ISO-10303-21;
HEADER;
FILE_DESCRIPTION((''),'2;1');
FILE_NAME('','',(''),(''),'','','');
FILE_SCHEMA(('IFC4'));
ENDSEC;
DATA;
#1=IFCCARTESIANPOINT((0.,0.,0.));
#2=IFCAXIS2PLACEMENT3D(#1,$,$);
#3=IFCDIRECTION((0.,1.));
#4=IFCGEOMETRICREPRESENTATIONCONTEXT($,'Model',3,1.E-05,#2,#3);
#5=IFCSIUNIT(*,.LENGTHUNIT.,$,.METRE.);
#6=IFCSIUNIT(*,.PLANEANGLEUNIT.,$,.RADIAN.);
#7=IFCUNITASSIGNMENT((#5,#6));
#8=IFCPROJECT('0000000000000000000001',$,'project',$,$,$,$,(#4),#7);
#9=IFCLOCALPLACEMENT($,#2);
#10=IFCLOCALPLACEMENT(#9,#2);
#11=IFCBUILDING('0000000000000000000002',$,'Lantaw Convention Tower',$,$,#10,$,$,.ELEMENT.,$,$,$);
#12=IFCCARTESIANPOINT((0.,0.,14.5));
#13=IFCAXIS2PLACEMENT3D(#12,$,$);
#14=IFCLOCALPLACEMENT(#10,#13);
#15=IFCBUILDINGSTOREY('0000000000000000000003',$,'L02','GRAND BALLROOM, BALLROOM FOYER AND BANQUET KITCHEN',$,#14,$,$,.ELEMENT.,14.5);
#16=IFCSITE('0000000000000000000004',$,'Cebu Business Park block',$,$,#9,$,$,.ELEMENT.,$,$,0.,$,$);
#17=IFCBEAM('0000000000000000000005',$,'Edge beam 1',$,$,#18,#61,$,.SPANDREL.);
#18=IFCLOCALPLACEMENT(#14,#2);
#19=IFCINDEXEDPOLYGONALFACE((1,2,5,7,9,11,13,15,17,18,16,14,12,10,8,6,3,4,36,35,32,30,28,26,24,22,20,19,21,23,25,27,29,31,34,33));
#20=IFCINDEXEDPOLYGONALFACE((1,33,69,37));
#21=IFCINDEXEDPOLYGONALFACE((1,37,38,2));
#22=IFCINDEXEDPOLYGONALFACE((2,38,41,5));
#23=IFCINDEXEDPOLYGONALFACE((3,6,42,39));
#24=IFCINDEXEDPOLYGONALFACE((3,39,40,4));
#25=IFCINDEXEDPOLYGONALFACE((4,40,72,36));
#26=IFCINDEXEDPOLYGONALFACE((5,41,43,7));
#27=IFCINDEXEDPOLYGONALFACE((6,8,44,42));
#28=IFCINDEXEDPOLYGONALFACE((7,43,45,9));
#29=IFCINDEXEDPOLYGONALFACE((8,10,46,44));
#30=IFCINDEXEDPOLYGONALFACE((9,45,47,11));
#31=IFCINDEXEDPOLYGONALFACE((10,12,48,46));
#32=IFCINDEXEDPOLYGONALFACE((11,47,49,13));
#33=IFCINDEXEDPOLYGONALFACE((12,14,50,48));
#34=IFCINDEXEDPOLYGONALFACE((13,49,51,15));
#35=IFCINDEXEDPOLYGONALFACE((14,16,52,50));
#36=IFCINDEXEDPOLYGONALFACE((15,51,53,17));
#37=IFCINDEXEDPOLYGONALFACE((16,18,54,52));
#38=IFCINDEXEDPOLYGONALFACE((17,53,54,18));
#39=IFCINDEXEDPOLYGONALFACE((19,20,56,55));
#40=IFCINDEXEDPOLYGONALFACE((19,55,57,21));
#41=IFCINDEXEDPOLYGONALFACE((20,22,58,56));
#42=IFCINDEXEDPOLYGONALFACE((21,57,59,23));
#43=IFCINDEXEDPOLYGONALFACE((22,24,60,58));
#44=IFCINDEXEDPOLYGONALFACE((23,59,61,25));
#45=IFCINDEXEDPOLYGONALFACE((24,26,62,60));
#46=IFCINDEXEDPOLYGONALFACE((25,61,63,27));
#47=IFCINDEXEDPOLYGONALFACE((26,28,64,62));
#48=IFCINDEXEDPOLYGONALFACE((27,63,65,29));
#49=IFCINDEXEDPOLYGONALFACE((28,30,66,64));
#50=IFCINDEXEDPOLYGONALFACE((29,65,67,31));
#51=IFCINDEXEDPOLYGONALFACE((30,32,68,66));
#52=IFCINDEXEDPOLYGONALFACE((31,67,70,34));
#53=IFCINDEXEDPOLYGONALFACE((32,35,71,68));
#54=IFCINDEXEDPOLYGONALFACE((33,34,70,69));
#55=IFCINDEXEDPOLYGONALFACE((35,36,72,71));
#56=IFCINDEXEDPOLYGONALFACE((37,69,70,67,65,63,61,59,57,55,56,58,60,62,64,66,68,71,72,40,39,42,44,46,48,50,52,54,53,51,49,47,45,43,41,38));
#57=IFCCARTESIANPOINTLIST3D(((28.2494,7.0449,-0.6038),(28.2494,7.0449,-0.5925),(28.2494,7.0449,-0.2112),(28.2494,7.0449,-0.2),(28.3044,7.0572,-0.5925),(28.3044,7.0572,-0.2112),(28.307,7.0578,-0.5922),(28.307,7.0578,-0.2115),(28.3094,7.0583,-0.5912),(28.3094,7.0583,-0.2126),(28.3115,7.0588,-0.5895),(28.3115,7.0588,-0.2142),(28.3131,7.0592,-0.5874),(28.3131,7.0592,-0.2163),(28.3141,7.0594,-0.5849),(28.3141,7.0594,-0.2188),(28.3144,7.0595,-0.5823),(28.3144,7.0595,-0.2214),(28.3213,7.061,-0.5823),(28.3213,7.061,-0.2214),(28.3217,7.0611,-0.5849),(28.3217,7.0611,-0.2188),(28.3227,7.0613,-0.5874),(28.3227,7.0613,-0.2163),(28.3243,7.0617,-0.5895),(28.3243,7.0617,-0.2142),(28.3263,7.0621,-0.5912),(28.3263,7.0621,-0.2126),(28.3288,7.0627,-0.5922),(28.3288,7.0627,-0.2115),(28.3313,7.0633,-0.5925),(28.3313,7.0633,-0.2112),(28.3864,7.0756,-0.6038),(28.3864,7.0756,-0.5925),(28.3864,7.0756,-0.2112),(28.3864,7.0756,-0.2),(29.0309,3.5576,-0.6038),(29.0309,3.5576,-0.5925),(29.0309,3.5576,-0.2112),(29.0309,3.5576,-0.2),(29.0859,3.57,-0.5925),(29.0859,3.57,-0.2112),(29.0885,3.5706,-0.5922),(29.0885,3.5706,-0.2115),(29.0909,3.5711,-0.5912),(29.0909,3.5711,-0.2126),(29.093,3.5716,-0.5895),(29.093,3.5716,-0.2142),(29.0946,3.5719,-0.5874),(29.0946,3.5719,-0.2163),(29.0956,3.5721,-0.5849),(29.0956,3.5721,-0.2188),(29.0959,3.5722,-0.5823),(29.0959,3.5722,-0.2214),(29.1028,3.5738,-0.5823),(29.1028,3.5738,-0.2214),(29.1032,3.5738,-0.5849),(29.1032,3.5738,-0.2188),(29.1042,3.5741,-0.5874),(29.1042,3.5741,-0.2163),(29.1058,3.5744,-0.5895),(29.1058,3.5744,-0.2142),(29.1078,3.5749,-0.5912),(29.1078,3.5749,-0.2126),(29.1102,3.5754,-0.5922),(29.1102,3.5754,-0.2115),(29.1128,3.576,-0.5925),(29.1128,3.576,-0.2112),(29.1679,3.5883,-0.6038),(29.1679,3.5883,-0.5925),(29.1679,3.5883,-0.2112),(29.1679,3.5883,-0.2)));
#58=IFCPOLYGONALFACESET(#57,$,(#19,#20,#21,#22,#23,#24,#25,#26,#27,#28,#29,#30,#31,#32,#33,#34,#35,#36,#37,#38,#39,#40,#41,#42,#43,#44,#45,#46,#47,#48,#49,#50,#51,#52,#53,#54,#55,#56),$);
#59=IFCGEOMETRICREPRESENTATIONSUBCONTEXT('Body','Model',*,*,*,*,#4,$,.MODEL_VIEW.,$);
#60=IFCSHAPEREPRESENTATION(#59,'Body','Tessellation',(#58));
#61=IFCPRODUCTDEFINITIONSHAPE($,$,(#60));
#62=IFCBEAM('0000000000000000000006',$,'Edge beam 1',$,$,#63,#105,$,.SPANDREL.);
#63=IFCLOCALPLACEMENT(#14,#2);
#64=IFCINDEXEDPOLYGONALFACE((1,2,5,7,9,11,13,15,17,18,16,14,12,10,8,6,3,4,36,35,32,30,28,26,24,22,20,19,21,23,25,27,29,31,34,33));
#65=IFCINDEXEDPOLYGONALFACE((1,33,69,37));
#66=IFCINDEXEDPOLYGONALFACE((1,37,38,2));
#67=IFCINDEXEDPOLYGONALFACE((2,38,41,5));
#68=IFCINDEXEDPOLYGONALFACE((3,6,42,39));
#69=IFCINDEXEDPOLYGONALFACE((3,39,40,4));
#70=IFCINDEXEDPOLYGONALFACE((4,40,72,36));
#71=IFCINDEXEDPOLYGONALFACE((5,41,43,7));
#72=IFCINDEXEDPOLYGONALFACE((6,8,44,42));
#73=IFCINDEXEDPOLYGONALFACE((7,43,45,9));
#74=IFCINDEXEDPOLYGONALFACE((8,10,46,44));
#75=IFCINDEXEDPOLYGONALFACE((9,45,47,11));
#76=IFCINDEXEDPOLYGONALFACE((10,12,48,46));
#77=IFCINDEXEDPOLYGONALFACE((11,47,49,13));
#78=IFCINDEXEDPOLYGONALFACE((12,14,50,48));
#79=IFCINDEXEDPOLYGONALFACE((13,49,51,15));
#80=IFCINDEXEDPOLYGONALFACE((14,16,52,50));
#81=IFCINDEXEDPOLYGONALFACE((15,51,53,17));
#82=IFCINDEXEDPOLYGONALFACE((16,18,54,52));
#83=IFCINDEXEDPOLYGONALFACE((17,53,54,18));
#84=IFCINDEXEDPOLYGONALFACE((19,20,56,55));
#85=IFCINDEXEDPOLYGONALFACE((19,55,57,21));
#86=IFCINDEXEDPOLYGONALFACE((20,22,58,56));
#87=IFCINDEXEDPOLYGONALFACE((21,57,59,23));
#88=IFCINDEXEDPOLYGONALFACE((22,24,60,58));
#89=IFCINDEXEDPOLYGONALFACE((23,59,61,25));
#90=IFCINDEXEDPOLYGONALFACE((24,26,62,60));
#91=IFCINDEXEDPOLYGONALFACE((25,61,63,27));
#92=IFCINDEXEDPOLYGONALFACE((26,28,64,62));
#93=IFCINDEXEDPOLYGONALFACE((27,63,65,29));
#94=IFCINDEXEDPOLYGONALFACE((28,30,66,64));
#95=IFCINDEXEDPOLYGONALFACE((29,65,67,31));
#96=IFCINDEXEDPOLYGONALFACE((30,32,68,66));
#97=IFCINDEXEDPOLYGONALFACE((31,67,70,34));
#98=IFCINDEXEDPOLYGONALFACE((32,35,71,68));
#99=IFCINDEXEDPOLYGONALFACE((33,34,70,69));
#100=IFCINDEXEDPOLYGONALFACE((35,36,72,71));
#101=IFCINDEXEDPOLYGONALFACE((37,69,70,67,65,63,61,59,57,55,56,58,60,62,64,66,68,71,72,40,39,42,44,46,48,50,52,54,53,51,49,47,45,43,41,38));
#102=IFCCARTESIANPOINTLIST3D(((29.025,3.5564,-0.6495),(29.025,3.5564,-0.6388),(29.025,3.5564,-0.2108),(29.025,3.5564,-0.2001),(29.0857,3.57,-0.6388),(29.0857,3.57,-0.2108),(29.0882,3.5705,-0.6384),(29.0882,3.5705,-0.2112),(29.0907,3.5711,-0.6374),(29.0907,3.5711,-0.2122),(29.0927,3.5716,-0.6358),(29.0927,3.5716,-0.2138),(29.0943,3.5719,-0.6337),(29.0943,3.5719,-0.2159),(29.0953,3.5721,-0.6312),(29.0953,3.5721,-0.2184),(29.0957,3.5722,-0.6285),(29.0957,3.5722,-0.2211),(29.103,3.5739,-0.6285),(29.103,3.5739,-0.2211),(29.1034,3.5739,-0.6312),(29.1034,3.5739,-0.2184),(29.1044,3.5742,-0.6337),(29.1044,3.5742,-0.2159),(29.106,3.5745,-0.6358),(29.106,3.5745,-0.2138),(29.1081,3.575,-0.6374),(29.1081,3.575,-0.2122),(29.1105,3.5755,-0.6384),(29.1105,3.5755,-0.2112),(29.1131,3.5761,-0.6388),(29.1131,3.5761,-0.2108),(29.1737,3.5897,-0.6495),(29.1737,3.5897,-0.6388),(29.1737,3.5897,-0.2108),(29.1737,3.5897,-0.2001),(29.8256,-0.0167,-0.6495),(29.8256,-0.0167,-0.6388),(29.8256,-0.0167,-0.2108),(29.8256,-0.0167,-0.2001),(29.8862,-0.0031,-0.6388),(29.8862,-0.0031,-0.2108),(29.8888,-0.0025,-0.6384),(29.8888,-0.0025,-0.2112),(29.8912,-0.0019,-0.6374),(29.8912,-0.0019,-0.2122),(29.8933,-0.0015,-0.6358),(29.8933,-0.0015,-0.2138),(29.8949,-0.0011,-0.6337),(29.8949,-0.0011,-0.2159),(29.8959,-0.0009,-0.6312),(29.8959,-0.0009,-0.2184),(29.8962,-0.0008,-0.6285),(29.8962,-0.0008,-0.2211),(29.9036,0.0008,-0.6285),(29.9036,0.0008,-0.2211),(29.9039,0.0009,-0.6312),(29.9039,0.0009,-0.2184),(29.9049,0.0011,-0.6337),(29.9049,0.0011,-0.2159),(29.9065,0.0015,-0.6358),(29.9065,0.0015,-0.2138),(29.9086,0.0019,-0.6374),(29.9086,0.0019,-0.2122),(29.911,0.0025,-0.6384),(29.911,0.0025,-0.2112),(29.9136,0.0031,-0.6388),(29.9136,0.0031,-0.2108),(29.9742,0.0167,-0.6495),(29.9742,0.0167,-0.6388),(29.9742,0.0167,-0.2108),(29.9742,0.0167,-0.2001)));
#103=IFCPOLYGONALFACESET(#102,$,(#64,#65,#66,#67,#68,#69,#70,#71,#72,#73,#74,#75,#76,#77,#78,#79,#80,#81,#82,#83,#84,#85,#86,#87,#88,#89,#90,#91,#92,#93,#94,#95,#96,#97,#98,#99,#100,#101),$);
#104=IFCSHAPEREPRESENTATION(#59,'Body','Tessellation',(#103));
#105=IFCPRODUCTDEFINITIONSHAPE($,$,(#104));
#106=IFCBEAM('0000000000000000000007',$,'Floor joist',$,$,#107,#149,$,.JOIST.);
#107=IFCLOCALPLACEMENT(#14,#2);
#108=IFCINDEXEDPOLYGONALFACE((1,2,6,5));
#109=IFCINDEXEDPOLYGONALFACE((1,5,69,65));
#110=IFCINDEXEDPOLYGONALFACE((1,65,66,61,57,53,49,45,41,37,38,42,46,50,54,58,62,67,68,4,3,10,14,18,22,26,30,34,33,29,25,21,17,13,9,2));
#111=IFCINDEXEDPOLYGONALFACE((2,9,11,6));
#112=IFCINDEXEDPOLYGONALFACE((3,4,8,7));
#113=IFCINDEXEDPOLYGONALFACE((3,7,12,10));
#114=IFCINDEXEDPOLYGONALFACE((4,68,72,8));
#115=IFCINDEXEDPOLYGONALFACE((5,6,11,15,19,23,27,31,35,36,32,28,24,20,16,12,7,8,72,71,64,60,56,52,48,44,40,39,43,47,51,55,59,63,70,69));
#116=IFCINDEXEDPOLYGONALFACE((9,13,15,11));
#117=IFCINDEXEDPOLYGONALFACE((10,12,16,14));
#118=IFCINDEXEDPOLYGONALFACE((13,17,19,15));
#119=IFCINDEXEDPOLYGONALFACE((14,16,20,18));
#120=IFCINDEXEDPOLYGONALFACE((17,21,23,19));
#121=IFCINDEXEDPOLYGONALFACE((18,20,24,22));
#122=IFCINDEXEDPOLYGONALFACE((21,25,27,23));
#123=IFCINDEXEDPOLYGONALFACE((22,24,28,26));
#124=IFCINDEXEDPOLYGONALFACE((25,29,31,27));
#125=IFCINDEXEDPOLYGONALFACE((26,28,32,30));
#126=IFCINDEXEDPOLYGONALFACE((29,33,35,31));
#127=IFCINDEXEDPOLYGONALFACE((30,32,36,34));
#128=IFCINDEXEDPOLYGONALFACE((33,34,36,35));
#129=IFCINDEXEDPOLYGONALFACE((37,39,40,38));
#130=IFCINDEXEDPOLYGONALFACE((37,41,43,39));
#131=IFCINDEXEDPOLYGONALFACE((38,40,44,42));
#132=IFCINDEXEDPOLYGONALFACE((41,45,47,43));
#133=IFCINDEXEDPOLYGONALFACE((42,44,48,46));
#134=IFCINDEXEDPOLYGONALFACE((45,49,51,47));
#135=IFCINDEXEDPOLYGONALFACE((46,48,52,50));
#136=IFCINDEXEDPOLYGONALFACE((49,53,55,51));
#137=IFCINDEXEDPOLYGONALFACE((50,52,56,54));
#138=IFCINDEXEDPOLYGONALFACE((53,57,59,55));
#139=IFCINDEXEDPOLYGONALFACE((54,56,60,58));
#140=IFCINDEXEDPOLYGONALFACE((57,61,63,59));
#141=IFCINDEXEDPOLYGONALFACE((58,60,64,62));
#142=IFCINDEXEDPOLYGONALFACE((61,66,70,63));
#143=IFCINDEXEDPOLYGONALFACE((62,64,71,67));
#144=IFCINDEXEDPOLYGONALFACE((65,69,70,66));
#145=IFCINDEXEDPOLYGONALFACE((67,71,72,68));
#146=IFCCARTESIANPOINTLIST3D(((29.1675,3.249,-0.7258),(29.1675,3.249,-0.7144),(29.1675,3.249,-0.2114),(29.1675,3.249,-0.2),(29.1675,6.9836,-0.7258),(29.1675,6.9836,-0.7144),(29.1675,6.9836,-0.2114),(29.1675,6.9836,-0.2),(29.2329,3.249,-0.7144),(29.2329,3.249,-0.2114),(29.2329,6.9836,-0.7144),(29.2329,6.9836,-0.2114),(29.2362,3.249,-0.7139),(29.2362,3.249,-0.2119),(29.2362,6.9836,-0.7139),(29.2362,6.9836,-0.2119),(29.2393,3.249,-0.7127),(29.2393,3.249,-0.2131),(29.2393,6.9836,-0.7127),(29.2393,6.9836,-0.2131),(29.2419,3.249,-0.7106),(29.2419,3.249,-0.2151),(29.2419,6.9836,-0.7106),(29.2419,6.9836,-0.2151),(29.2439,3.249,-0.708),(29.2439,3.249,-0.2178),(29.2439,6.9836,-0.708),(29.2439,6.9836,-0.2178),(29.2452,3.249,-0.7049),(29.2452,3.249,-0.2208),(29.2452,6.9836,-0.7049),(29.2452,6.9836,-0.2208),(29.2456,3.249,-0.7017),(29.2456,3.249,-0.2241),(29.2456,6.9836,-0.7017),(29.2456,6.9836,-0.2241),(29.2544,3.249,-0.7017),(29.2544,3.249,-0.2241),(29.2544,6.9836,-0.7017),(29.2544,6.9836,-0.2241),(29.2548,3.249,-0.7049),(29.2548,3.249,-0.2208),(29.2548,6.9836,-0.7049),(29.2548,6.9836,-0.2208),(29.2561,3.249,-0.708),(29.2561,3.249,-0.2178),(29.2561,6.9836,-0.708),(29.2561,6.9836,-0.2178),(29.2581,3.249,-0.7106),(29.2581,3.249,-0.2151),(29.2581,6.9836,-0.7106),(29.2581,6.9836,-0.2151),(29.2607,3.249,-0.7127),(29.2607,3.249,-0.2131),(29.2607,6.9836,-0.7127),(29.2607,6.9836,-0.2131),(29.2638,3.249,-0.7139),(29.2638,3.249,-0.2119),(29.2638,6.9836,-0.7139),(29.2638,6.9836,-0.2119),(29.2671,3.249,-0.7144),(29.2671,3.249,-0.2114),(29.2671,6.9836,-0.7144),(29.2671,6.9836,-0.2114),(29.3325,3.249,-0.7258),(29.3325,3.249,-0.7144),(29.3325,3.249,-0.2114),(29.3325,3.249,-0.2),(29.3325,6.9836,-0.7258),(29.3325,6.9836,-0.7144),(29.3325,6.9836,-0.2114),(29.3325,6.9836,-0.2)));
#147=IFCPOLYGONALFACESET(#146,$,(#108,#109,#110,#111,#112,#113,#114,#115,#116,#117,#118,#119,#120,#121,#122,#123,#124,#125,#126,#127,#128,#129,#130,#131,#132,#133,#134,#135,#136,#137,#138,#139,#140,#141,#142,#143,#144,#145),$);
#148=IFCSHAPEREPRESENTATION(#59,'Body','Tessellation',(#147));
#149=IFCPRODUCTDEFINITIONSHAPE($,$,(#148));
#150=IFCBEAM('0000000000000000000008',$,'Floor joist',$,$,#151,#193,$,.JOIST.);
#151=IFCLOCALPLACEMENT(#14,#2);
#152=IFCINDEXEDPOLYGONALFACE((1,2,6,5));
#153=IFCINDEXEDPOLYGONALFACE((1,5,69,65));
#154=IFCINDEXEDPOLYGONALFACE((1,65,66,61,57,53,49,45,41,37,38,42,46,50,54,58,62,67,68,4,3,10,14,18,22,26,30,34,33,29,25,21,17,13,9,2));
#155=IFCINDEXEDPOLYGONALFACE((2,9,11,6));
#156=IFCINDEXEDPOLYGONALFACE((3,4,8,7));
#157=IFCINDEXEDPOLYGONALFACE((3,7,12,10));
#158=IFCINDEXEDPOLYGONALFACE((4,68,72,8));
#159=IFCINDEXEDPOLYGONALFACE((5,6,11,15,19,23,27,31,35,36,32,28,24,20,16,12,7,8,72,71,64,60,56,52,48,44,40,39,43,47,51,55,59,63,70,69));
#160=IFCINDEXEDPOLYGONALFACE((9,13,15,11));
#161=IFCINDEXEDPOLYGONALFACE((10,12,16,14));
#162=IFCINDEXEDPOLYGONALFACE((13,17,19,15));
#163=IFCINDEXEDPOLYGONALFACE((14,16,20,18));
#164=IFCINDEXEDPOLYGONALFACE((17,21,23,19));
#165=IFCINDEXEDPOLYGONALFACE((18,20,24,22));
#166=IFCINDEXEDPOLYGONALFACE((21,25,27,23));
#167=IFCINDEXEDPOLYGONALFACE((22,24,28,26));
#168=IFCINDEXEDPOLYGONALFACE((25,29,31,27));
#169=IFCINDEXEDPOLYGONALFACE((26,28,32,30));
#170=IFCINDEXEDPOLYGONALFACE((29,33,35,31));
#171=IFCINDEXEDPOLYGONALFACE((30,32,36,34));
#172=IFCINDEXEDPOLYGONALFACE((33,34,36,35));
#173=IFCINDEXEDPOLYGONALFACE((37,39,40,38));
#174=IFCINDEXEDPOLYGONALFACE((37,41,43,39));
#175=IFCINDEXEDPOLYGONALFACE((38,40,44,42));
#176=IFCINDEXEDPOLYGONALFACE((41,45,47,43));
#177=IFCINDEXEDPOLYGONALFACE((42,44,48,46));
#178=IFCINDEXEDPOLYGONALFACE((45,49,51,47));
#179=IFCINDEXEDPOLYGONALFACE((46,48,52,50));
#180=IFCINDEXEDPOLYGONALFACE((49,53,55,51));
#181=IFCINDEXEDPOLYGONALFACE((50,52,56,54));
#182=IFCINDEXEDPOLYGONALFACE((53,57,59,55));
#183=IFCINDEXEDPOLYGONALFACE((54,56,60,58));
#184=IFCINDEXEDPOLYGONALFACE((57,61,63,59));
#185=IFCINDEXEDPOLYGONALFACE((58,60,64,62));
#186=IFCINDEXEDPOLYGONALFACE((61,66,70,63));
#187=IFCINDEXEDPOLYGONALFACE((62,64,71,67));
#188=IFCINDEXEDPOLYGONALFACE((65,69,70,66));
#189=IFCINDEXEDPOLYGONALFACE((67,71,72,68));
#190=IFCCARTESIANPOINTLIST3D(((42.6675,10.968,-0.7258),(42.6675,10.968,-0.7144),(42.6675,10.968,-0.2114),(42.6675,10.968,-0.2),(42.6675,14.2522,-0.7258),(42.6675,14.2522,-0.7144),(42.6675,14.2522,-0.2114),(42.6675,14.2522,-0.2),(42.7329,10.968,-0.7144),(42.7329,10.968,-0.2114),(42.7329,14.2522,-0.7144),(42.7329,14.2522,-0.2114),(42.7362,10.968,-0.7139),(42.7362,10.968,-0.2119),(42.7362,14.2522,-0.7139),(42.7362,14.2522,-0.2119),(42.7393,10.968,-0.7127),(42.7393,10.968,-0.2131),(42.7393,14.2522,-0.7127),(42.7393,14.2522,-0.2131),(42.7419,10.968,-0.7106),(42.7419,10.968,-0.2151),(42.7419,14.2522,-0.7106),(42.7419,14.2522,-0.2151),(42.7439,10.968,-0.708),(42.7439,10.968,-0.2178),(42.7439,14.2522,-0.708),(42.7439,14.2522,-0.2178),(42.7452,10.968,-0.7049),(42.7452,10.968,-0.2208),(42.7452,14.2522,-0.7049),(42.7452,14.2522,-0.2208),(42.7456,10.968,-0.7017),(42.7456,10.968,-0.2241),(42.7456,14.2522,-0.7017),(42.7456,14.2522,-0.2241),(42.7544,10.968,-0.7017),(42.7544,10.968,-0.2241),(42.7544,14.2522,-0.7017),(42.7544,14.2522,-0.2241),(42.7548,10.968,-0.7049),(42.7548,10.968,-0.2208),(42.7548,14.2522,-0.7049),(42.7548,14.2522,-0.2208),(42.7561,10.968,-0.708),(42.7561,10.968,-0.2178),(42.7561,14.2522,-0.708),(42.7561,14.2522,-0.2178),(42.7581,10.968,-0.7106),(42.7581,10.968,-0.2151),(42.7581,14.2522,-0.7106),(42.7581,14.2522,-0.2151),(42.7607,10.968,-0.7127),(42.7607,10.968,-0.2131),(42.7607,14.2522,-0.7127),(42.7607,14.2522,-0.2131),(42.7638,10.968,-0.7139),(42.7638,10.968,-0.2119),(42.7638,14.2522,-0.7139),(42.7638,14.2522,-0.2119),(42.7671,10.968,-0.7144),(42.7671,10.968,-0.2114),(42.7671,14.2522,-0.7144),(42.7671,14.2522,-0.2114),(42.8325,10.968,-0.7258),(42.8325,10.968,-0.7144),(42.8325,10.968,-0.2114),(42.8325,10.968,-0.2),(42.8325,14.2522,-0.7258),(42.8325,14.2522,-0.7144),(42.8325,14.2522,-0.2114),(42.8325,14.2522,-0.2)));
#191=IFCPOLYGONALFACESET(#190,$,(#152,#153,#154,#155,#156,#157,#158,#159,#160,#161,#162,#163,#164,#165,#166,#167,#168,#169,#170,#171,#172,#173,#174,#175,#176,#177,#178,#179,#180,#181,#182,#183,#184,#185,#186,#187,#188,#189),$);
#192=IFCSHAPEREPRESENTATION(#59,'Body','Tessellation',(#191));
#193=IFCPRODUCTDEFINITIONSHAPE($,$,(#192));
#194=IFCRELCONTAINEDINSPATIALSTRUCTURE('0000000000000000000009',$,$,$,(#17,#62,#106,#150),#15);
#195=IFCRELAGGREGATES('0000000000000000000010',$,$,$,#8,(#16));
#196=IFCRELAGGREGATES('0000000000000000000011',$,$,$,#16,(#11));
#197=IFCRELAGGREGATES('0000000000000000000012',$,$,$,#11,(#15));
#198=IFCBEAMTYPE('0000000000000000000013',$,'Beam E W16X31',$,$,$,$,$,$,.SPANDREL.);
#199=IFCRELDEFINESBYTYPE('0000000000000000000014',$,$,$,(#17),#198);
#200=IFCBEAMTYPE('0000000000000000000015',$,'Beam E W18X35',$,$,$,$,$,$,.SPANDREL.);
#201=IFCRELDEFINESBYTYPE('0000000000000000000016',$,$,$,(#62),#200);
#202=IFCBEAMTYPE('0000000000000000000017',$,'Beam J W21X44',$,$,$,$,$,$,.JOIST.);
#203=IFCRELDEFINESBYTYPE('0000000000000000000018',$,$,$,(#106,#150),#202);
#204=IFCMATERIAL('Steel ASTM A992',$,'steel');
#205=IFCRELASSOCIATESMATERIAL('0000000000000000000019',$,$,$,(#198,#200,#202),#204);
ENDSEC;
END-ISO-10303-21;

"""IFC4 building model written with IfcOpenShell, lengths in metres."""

from ifc_helpers import new_model, si_unit, direction, frame, origin, origin_2d, place, context, subcontext, project, spatial, i_section, extrude, material, material_profile, profile_set, type_object, element, save


model = new_model("IFC4")

# Units and contexts
model_context = context("Model", 3, precision=1e-05, world=origin(), true_north=direction((0.0, 1.0)))
body_context = subcontext(model_context, "Body", "Model", "MODEL_VIEW")
ifc_project = project(units=[si_unit("LENGTHUNIT", "METRE"), si_unit("PLANEANGLEUNIT", "RADIAN")], contexts=[model_context])

# Site, building, storey
site_placement = place(None, origin())
site = spatial("IfcSite", under=ifc_project, at=site_placement, Name="Cebu Business Park block", CompositionType="ELEMENT", RefElevation=0.0)
building_placement = place(site_placement, origin())
building = spatial("IfcBuilding", under=site, at=building_placement, Name="Lantaw Convention Tower", CompositionType="ELEMENT")
storey_placement = place(building_placement, frame((0.0, 0.0, 14.5)))
storey = spatial("IfcBuildingStorey", under=building, at=storey_placement, Name="L02", Description="GRAND BALLROOM, BALLROOM FOYER AND BANQUET KITCHEN", CompositionType="ELEMENT", Elevation=14.5)

# Beams
ifc_material_1 = material(Name="Steel ASTM A992", Category="steel")
ifc_material_profile_1 = material_profile(ifc_material_1, i_section(OverallWidth=0.1404, OverallDepth=0.4038, WebThickness=0.0071, FlangeThickness=0.0112, FilletRadius=0.0103, at=origin_2d()), Name="W16X31")
ifc_profile_set_1 = profile_set([ifc_material_profile_1], Name="Steel ASTM A992")
beam_type_1 = type_object("IfcBeamType", Name="Beam E W16X31", PredefinedType="SPANDREL", material=ifc_profile_set_1)
beam_1_placement = place(storey_placement, frame((29.0994, 3.573, -0.4019), z_axis=(-0.218673, 0.975798, 0.0), x_axis=(-0.975798, -0.218673, 0.0)))
element("IfcBeam", 1, at=beam_1_placement, inside=storey, type_object=beam_type_1, Name="Edge beam 1", PredefinedType="SPANDREL", context=body_context, shape_type="SweptSolid", body=[
    extrude(i_section(OverallWidth=0.1404, OverallDepth=0.4038, WebThickness=0.0071, FlangeThickness=0.0112, FilletRadius=0.0103, at=origin_2d()), origin(), (0.0, 0.0, 1.0), 3.5737),
])
ifc_material_profile_2 = material_profile(ifc_material_1, i_section(OverallWidth=0.1523, OverallDepth=0.4495, WebThickness=0.0076, FlangeThickness=0.0107, FilletRadius=0.0103, at=origin_2d()), Name="W18X35")
ifc_profile_set_2 = profile_set([ifc_material_profile_2], Name="Steel ASTM A992")
beam_type_2 = type_object("IfcBeamType", Name="Beam E W18X35", PredefinedType="SPANDREL", material=ifc_profile_set_2)
beam_2_placement = place(storey_placement, frame((29.8999, 0.0, -0.4248), z_axis=(-0.218632, 0.975807, 0.0), x_axis=(-0.975807, -0.218632, 0.0)))
element("IfcBeam", 2, at=beam_2_placement, inside=storey, type_object=beam_type_2, Name="Edge beam 1", PredefinedType="SPANDREL", context=body_context, shape_type="SweptSolid", body=[
    extrude(i_section(OverallWidth=0.1523, OverallDepth=0.4495, WebThickness=0.0076, FlangeThickness=0.0107, FilletRadius=0.0103, at=origin_2d()), origin(), (0.0, 0.0, 1.0), 3.6616),
])
ifc_material_profile_3 = material_profile(ifc_material_1, i_section(OverallWidth=0.165, OverallDepth=0.5259, WebThickness=0.0088, FlangeThickness=0.0115, FilletRadius=0.0127, at=origin_2d()), Name="W21X44")
ifc_profile_set_3 = profile_set([ifc_material_profile_3], Name="Steel ASTM A992")
beam_type_3 = type_object("IfcBeamType", Name="Beam J W21X44", PredefinedType="JOIST", material=ifc_profile_set_3)
beam_3_placement = place(storey_placement, frame((29.25, 3.249, -0.4629), z_axis=(0.0, 1.0, 0.0), x_axis=(-1.0, 0.0, 0.0)))
element("IfcBeam", 3, at=beam_3_placement, inside=storey, type_object=beam_type_3, Name="Floor joist", PredefinedType="JOIST", context=body_context, shape_type="SweptSolid", body=[
    extrude(i_section(OverallWidth=0.165, OverallDepth=0.5259, WebThickness=0.0088, FlangeThickness=0.0115, FilletRadius=0.0127, at=origin_2d()), origin(), (0.0, 0.0, 1.0), 3.7346),
])
beam_4_placement = place(storey_placement, frame((42.75, 10.968, -0.4629), z_axis=(0.0, 1.0, 0.0), x_axis=(-1.0, 0.0, 0.0)))
element("IfcBeam", 4, at=beam_4_placement, inside=storey, type_object=beam_type_3, Name="Floor joist", PredefinedType="JOIST", context=body_context, shape_type="SweptSolid", body=[
    extrude(i_section(OverallWidth=0.165, OverallDepth=0.5259, WebThickness=0.0088, FlangeThickness=0.0115, FilletRadius=0.0127, at=origin_2d()), origin(), (0.0, 0.0, 1.0), 3.2842),
])

save(model, "model.ifc")
